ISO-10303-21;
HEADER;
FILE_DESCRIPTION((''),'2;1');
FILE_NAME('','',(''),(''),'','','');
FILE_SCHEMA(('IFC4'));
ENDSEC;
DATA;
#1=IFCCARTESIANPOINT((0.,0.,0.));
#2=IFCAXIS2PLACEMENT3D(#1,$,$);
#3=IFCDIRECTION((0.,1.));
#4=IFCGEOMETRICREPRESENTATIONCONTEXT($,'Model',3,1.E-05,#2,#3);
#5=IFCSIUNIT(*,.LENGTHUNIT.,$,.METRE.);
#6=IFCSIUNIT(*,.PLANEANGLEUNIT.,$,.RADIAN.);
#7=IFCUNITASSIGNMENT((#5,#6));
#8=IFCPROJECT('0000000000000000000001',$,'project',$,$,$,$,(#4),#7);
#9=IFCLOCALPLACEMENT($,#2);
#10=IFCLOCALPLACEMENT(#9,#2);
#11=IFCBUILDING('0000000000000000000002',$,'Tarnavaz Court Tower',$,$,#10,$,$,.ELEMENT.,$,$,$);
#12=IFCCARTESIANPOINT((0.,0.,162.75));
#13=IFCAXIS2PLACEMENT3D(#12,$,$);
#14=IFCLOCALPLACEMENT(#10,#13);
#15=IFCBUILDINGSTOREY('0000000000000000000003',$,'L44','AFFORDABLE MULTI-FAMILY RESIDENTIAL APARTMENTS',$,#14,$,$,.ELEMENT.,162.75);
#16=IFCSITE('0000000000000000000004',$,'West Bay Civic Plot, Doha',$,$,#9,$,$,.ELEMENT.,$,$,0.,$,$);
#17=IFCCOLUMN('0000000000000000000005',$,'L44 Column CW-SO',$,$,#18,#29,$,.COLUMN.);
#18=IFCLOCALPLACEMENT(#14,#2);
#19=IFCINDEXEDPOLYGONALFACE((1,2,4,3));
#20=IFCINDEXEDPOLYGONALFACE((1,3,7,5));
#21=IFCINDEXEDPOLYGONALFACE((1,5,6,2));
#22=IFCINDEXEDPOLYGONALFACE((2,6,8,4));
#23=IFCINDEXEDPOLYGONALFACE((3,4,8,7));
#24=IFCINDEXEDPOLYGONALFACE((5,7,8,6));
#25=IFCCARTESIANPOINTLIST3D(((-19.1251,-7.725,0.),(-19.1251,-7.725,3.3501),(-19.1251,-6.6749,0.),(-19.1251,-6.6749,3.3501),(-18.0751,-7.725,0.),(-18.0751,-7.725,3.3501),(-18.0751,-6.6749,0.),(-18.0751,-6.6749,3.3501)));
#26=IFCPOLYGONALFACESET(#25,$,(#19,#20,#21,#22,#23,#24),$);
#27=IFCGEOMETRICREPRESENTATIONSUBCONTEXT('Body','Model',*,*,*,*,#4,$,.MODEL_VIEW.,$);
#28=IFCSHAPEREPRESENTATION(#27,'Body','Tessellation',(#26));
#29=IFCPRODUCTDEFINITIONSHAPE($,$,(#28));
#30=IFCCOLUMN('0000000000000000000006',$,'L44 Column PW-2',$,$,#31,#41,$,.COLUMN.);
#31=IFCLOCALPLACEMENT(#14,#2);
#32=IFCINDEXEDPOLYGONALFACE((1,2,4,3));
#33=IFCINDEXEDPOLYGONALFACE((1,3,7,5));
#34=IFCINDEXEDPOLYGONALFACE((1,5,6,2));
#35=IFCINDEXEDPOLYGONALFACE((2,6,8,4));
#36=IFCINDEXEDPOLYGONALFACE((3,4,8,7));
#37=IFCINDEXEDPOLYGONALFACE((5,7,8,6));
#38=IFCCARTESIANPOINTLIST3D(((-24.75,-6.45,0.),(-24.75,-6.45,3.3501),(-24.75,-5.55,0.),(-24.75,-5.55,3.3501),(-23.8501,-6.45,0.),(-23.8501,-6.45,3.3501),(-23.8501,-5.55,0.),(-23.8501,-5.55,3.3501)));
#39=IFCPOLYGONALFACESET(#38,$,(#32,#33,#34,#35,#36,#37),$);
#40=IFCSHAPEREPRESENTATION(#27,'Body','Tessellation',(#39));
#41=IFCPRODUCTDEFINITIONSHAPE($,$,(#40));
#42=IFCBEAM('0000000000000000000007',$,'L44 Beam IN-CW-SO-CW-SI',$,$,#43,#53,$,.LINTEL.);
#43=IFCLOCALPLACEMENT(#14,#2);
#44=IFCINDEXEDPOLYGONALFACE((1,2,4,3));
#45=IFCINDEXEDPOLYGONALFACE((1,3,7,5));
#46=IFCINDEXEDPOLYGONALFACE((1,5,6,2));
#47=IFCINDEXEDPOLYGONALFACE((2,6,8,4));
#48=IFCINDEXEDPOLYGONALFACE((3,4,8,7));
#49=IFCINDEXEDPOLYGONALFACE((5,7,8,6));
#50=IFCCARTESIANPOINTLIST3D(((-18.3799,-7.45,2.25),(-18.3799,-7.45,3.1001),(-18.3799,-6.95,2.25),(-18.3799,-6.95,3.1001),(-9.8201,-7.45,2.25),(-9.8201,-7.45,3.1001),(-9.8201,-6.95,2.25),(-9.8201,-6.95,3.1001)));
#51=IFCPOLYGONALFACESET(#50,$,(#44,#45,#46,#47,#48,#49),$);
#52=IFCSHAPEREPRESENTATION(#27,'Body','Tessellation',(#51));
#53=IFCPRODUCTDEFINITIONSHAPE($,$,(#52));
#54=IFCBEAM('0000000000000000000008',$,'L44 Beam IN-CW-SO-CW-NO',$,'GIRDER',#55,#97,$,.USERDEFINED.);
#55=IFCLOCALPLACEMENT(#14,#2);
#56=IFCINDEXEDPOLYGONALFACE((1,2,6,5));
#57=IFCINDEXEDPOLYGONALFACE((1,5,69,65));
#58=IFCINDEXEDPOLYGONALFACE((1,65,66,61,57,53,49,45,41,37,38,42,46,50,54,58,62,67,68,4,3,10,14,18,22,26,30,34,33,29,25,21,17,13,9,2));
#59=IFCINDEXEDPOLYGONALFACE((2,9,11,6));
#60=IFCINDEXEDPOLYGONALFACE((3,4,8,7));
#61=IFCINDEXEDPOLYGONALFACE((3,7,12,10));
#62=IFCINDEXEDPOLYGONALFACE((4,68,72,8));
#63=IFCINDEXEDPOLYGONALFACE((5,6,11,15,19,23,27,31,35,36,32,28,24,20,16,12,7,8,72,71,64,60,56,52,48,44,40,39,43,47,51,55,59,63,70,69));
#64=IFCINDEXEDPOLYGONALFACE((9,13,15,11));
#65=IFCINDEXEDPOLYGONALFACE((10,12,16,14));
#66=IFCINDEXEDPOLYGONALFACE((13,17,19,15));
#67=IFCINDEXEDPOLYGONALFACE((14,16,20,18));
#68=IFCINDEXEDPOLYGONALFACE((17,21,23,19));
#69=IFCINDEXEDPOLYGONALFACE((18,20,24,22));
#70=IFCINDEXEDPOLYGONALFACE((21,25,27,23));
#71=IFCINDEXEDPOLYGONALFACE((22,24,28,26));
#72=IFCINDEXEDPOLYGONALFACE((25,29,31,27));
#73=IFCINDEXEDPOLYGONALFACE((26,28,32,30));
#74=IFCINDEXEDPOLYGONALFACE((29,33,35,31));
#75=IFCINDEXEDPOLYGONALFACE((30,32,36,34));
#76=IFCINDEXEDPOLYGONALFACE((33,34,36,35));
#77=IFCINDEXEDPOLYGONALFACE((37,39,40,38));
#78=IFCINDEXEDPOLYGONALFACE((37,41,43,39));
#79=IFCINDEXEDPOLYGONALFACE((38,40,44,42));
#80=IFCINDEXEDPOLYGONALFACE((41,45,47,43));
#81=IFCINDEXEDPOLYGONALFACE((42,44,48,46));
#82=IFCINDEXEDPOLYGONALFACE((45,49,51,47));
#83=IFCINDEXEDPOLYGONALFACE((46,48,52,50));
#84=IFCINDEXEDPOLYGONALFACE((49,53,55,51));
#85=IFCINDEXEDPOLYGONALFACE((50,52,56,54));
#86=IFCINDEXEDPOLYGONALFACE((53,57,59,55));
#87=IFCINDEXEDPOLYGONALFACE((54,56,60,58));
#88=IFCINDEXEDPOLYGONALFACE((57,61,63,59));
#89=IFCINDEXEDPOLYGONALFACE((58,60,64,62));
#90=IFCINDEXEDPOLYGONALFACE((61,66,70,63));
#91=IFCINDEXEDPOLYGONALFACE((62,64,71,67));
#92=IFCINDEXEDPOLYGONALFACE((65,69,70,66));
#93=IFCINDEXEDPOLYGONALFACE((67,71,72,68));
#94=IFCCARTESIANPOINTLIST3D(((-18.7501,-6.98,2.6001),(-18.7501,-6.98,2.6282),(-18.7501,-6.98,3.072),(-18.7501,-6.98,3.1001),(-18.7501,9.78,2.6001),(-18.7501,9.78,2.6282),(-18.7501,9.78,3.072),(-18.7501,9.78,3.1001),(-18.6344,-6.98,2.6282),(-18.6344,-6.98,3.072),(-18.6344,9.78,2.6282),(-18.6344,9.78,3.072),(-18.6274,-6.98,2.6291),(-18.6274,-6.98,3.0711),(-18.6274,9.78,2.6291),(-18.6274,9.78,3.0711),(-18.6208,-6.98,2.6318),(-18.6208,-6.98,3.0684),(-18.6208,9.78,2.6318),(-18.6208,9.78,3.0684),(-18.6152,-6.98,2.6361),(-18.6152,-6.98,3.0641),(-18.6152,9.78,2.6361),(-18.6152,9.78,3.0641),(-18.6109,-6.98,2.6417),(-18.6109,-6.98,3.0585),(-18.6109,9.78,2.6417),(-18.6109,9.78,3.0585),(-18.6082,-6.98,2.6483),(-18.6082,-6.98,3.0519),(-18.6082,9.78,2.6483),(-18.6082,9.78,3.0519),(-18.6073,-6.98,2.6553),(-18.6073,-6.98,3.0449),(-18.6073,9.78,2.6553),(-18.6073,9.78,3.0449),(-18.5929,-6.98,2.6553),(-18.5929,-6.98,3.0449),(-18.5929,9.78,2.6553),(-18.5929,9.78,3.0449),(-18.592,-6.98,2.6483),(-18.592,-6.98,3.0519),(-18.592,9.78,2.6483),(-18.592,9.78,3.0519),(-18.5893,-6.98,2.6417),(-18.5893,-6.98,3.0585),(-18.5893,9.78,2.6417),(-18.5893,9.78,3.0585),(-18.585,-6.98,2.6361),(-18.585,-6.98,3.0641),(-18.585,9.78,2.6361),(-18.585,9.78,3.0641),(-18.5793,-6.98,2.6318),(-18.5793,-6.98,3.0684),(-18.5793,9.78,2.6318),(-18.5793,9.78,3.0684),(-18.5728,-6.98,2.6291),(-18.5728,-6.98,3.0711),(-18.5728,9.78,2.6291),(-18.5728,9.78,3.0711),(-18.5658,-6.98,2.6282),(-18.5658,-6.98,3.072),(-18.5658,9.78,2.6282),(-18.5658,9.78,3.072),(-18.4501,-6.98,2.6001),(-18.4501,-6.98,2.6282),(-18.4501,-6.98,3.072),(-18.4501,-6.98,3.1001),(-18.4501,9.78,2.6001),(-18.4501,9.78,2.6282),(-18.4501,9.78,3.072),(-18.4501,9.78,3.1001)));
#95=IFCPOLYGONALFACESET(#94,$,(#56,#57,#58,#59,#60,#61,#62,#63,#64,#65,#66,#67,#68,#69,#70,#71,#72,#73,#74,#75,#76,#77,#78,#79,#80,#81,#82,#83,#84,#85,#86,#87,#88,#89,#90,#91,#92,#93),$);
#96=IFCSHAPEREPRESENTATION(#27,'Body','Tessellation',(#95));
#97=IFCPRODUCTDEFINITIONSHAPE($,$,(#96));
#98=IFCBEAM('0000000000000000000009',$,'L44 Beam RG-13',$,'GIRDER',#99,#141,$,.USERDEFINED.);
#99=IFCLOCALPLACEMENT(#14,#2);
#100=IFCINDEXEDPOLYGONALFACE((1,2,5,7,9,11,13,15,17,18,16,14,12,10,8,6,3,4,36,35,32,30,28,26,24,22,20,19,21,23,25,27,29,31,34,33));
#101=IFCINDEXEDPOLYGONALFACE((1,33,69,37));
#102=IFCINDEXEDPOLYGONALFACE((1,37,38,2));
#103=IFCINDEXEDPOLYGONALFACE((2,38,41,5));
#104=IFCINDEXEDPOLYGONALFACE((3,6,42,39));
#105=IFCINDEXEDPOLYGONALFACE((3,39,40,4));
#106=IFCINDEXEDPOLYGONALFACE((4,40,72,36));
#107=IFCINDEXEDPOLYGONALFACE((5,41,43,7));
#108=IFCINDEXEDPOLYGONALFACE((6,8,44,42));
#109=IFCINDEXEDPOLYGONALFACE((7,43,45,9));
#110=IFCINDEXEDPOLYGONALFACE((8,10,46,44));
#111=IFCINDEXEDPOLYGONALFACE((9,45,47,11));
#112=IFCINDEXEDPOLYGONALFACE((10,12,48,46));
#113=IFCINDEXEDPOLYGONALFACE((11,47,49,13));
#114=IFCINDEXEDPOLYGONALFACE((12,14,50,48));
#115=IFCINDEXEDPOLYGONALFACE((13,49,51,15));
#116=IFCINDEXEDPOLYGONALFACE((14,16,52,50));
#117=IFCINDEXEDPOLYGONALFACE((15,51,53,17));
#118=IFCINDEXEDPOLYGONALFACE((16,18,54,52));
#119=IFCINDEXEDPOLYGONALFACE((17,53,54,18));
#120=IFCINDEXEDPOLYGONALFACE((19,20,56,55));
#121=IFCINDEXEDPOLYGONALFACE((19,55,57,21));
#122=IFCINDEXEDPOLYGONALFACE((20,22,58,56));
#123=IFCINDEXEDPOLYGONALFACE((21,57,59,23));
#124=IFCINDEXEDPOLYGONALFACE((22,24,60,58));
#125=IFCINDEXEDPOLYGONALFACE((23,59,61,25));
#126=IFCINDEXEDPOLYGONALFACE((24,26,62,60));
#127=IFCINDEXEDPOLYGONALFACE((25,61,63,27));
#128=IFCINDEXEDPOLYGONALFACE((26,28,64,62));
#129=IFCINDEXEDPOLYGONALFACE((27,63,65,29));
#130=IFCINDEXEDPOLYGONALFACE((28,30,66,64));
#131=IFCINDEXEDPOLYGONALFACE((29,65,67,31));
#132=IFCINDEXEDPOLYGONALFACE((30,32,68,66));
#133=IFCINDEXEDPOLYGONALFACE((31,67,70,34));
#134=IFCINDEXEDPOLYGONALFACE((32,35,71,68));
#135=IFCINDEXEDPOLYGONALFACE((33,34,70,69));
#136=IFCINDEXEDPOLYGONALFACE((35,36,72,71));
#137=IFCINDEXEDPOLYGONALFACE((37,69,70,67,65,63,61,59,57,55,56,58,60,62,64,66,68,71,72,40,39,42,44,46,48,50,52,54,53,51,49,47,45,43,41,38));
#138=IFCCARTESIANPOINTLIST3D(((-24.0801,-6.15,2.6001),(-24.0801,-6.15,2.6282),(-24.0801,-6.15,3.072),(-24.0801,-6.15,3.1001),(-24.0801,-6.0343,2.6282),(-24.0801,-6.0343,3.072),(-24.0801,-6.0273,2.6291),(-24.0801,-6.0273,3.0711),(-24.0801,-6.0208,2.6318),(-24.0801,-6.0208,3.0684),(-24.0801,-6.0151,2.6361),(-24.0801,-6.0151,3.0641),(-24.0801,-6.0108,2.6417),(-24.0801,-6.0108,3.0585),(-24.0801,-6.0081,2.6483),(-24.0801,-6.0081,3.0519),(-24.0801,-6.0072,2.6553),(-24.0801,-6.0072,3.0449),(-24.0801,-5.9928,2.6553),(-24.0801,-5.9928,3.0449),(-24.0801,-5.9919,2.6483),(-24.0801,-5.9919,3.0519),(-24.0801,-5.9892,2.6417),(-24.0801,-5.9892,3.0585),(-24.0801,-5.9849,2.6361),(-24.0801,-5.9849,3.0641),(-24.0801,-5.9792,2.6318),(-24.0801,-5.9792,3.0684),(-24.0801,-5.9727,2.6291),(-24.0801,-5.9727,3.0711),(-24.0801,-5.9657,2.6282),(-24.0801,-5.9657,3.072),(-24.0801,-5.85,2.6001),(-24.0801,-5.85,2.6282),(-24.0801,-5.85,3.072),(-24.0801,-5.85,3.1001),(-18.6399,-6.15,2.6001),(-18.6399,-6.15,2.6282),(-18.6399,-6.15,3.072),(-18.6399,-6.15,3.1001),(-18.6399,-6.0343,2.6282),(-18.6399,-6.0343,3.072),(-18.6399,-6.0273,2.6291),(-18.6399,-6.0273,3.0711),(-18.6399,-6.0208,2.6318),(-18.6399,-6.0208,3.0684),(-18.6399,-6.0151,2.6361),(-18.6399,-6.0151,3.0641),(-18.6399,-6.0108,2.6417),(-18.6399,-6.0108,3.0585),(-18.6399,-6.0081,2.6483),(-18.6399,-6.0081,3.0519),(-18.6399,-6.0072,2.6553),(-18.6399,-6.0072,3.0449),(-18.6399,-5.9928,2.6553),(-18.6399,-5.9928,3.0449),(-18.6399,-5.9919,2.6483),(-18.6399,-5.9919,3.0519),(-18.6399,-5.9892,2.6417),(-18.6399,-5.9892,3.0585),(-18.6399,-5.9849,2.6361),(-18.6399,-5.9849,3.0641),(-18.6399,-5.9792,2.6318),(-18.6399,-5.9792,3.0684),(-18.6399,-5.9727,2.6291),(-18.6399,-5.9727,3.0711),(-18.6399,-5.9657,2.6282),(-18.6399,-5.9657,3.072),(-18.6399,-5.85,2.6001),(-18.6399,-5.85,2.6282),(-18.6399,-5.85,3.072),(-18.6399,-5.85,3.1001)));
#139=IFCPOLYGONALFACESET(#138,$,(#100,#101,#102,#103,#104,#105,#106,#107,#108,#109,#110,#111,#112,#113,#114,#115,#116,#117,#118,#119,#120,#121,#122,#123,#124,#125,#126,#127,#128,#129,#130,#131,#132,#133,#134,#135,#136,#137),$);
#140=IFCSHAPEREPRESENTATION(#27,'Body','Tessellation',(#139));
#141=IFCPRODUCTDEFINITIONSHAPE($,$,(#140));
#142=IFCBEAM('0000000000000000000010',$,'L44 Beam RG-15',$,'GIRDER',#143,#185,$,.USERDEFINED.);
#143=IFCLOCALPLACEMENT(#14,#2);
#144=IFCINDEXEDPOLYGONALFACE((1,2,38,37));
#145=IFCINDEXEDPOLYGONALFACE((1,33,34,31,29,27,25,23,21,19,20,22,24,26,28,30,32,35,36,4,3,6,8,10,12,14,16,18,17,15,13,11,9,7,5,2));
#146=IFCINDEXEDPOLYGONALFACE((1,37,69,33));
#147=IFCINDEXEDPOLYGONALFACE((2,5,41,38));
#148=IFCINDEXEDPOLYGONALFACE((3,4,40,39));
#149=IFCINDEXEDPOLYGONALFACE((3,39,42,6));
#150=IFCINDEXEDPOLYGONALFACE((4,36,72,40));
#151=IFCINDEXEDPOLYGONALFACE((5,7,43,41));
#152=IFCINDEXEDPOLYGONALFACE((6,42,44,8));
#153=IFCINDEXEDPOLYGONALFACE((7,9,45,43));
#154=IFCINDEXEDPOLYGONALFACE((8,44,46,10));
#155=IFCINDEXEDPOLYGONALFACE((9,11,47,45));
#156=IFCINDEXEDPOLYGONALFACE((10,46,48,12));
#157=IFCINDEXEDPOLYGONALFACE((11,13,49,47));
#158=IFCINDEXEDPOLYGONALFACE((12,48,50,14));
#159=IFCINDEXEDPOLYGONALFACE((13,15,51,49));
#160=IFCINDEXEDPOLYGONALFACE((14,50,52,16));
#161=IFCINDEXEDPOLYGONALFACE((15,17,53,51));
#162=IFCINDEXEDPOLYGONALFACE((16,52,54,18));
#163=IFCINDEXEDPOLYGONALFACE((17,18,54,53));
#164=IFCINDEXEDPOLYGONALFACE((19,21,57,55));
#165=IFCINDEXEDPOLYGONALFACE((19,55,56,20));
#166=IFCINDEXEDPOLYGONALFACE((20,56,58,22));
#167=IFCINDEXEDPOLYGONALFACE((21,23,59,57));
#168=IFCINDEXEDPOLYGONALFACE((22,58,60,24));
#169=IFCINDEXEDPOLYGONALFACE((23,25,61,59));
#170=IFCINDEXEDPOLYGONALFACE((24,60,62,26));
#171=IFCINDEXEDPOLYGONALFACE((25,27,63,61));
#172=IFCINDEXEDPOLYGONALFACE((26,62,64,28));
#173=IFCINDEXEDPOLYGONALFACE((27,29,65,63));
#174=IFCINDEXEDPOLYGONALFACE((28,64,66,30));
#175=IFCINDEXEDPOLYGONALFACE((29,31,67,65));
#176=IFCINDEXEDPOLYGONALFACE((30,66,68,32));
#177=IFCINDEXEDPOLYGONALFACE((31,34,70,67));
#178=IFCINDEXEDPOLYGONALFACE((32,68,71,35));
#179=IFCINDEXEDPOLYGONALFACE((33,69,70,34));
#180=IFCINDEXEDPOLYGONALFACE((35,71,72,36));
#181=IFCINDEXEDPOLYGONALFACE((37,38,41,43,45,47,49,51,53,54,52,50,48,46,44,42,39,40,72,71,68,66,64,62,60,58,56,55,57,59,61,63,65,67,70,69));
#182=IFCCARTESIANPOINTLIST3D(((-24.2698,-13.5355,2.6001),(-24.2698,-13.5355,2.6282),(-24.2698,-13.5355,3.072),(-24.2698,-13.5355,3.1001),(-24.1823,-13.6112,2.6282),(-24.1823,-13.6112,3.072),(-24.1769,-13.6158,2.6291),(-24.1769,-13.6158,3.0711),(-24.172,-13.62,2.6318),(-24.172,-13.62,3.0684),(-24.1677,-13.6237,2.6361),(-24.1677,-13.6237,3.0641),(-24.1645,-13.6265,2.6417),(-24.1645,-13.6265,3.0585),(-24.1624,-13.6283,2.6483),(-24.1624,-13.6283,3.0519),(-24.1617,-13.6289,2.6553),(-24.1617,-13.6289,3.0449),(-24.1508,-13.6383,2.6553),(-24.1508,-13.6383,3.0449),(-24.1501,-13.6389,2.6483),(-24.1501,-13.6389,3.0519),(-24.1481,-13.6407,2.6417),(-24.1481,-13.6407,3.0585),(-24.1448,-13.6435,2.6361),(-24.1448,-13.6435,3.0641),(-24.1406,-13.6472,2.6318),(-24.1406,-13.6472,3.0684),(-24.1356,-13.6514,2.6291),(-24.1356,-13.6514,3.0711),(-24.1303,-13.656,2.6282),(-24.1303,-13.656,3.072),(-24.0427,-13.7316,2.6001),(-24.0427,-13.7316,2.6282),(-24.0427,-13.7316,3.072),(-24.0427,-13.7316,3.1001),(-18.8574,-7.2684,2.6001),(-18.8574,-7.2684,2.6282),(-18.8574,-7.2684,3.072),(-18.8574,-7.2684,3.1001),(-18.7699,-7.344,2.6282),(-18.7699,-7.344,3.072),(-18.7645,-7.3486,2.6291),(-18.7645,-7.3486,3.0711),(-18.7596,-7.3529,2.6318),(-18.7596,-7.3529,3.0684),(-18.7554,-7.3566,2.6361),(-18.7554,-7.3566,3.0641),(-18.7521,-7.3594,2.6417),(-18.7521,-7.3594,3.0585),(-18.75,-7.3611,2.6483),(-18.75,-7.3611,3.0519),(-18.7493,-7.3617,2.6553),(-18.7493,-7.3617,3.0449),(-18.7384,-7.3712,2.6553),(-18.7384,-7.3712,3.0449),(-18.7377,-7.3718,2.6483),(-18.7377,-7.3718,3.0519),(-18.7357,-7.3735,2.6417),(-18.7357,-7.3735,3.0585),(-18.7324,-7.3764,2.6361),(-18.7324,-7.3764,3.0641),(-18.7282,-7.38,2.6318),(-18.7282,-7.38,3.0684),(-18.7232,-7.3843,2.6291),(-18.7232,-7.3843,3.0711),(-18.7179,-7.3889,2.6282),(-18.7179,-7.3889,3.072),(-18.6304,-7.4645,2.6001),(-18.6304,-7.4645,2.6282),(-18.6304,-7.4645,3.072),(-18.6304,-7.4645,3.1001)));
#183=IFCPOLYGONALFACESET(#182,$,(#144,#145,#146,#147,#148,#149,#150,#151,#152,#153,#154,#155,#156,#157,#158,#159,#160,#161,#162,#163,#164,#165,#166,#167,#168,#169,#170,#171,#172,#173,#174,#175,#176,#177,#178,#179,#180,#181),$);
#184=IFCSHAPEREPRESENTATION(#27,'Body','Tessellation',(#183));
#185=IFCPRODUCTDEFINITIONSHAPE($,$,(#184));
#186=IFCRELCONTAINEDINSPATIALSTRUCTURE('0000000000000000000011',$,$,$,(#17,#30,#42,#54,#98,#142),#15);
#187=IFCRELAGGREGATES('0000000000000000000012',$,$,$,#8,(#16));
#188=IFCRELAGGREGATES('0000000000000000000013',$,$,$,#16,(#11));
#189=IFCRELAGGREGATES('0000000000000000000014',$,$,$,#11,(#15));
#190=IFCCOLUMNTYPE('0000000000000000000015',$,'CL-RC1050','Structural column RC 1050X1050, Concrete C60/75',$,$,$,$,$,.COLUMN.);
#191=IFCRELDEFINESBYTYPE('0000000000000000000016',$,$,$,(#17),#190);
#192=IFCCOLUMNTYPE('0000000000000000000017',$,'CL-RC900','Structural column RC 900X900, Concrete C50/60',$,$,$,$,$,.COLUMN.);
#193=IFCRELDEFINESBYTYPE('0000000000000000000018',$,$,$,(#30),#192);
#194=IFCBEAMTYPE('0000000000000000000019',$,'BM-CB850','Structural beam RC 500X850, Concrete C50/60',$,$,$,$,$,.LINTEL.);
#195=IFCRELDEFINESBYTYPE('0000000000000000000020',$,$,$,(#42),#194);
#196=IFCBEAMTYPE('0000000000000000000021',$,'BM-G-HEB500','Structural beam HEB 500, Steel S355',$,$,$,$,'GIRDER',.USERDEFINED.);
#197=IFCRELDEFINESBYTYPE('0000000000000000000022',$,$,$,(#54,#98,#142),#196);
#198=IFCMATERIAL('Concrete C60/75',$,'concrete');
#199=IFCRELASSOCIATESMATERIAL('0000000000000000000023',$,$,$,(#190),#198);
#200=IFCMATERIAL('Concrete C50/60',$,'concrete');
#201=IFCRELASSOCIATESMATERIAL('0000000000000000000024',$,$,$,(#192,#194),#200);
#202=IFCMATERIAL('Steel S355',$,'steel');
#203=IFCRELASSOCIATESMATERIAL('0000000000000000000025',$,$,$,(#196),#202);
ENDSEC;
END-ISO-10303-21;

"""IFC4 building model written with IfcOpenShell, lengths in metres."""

from ifc_helpers import new_model, si_unit, direction, frame, origin, origin_2d, place, context, subcontext, project, spatial, rectangle, i_section, extrude, material, material_profile, profile_set, type_object, element, save


model = new_model("IFC4")

# Units and contexts
model_context = context("Model", 3, precision=1e-05, world=origin(), true_north=direction((0.0, 1.0)))
body_context = subcontext(model_context, "Body", "Model", "MODEL_VIEW")
ifc_project = project(units=[si_unit("LENGTHUNIT", "METRE"), si_unit("PLANEANGLEUNIT", "RADIAN")], contexts=[model_context])

# Site, building, storey
site_placement = place(None, origin())
site = spatial("IfcSite", under=ifc_project, at=site_placement, Name="West Bay Civic Plot, Doha", CompositionType="ELEMENT", RefElevation=0.0)
building_placement = place(site_placement, origin())
building = spatial("IfcBuilding", under=site, at=building_placement, Name="Tarnavaz Court Tower", CompositionType="ELEMENT")
storey_placement = place(building_placement, frame((0.0, 0.0, 162.75)))
storey = spatial("IfcBuildingStorey", under=building, at=storey_placement, Name="L44", Description="AFFORDABLE MULTI-FAMILY RESIDENTIAL APARTMENTS", CompositionType="ELEMENT", Elevation=162.75)

# Columns
ifc_material_1 = material(Name="Concrete C60/75", Category="concrete")
ifc_material_profile_1 = material_profile(ifc_material_1, rectangle(XDim=1.05, YDim=1.05, at=origin_2d()), Name="RC 1050X1050")
ifc_profile_set_1 = profile_set([ifc_material_profile_1], Name="Concrete C60/75")
column_type_1 = type_object("IfcColumnType", Name="CL-RC1050", Description="Structural column RC 1050X1050, Concrete C60/75", PredefinedType="COLUMN", material=ifc_profile_set_1)
column_1_placement = place(storey_placement, frame((-18.6001, -7.2, 0.0), z_axis=(0.0, 0.0, 1.0), x_axis=(1.0, 0.0, 0.0)))
element("IfcColumn", 1, at=column_1_placement, inside=storey, type_object=column_type_1, Name="L44 Column CW-SO", PredefinedType="COLUMN", context=body_context, shape_type="SweptSolid", body=[
    extrude(rectangle(XDim=1.05, YDim=1.05, at=origin_2d()), origin(), (0.0, 0.0, 1.0), 3.3501),
])
ifc_material_2 = material(Name="Concrete C50/60", Category="concrete")
ifc_material_profile_2 = material_profile(ifc_material_2, rectangle(XDim=0.8999, YDim=0.8999, at=origin_2d()), Name="RC 900X900")
ifc_profile_set_2 = profile_set([ifc_material_profile_2], Name="Concrete C50/60")
column_type_2 = type_object("IfcColumnType", Name="CL-RC900", Description="Structural column RC 900X900, Concrete C50/60", PredefinedType="COLUMN", material=ifc_profile_set_2)
column_2_placement = place(storey_placement, frame((-24.3, -6.0, 0.0), z_axis=(0.0, 0.0, 1.0), x_axis=(1.0, 0.0, 0.0)))
element("IfcColumn", 2, at=column_2_placement, inside=storey, type_object=column_type_2, Name="L44 Column PW-2", PredefinedType="COLUMN", context=body_context, shape_type="SweptSolid", body=[
    extrude(rectangle(XDim=0.8999, YDim=0.8999, at=origin_2d()), origin(), (0.0, 0.0, 1.0), 3.3501),
])

# Beams
ifc_material_profile_3 = material_profile(ifc_material_2, rectangle(XDim=0.5, YDim=0.8501, at=origin_2d()), Name="RC 500X850")
ifc_profile_set_3 = profile_set([ifc_material_profile_3], Name="Concrete C50/60")
beam_type_1 = type_object("IfcBeamType", Name="BM-CB850", Description="Structural beam RC 500X850, Concrete C50/60", PredefinedType="LINTEL", material=ifc_profile_set_3)
beam_1_placement = place(storey_placement, frame((-18.3799, -7.2, 2.675), z_axis=(1.0, 0.0, 0.0), x_axis=(0.0, 1.0, 0.0)))
element("IfcBeam", 3, at=beam_1_placement, inside=storey, type_object=beam_type_1, Name="L44 Beam IN-CW-SO-CW-SI", PredefinedType="LINTEL", context=body_context, shape_type="SweptSolid", body=[
    extrude(rectangle(XDim=0.5, YDim=0.8501, at=origin_2d()), origin(), (0.0, 0.0, 1.0), 8.5598),
])
ifc_material_3 = material(Name="Steel S355", Category="steel")
ifc_material_profile_4 = material_profile(ifc_material_3, i_section(OverallWidth=0.3, OverallDepth=0.5, WebThickness=0.0144, FlangeThickness=0.0281, FilletRadius=0.0271, at=origin_2d()), Name="HEB 500")
ifc_profile_set_4 = profile_set([ifc_material_profile_4], Name="Steel S355")
beam_type_2 = type_object("IfcBeamType", Name="BM-G-HEB500", Description="Structural beam HEB 500, Steel S355", ElementType="GIRDER", PredefinedType="USERDEFINED", material=ifc_profile_set_4)
beam_2_placement = place(storey_placement, frame((-18.6001, -6.98, 2.8501), z_axis=(0.0, 1.0, 0.0), x_axis=(-1.0, 0.0, 0.0)))
element("IfcBeam", 4, at=beam_2_placement, inside=storey, type_object=beam_type_2, Name="L44 Beam IN-CW-SO-CW-NO", ObjectType="GIRDER", PredefinedType="USERDEFINED", context=body_context, shape_type="SweptSolid", body=[
    extrude(i_section(OverallWidth=0.3, OverallDepth=0.5, WebThickness=0.0144, FlangeThickness=0.0281, FilletRadius=0.0271, at=origin_2d()), origin(), (0.0, 0.0, 1.0), 16.76),
])
beam_3_placement = place(storey_placement, frame((-18.6399, -6.0, 2.8501), z_axis=(-1.0, 0.0, 0.0), x_axis=(0.0, -1.0, 0.0)))
element("IfcBeam", 5, at=beam_3_placement, inside=storey, type_object=beam_type_2, Name="L44 Beam RG-13", ObjectType="GIRDER", PredefinedType="USERDEFINED", context=body_context, shape_type="SweptSolid", body=[
    extrude(i_section(OverallWidth=0.3, OverallDepth=0.5, WebThickness=0.0144, FlangeThickness=0.0281, FilletRadius=0.0271, at=origin_2d()), origin(), (0.0, 0.0, 1.0), 5.4402),
])
beam_4_placement = place(storey_placement, frame((-18.7439, -7.3665, 2.8501), z_axis=(-0.653611, -0.756831, 0.0), x_axis=(0.756831, -0.653611, 0.0)))
element("IfcBeam", 6, at=beam_4_placement, inside=storey, type_object=beam_type_2, Name="L44 Beam RG-15", ObjectType="GIRDER", PredefinedType="USERDEFINED", context=body_context, shape_type="SweptSolid", body=[
    extrude(i_section(OverallWidth=0.3, OverallDepth=0.5, WebThickness=0.0144, FlangeThickness=0.0281, FilletRadius=0.0271, at=origin_2d()), origin(), (0.0, 0.0, 1.0), 8.2808),
])

save(model, "model.ifc")
